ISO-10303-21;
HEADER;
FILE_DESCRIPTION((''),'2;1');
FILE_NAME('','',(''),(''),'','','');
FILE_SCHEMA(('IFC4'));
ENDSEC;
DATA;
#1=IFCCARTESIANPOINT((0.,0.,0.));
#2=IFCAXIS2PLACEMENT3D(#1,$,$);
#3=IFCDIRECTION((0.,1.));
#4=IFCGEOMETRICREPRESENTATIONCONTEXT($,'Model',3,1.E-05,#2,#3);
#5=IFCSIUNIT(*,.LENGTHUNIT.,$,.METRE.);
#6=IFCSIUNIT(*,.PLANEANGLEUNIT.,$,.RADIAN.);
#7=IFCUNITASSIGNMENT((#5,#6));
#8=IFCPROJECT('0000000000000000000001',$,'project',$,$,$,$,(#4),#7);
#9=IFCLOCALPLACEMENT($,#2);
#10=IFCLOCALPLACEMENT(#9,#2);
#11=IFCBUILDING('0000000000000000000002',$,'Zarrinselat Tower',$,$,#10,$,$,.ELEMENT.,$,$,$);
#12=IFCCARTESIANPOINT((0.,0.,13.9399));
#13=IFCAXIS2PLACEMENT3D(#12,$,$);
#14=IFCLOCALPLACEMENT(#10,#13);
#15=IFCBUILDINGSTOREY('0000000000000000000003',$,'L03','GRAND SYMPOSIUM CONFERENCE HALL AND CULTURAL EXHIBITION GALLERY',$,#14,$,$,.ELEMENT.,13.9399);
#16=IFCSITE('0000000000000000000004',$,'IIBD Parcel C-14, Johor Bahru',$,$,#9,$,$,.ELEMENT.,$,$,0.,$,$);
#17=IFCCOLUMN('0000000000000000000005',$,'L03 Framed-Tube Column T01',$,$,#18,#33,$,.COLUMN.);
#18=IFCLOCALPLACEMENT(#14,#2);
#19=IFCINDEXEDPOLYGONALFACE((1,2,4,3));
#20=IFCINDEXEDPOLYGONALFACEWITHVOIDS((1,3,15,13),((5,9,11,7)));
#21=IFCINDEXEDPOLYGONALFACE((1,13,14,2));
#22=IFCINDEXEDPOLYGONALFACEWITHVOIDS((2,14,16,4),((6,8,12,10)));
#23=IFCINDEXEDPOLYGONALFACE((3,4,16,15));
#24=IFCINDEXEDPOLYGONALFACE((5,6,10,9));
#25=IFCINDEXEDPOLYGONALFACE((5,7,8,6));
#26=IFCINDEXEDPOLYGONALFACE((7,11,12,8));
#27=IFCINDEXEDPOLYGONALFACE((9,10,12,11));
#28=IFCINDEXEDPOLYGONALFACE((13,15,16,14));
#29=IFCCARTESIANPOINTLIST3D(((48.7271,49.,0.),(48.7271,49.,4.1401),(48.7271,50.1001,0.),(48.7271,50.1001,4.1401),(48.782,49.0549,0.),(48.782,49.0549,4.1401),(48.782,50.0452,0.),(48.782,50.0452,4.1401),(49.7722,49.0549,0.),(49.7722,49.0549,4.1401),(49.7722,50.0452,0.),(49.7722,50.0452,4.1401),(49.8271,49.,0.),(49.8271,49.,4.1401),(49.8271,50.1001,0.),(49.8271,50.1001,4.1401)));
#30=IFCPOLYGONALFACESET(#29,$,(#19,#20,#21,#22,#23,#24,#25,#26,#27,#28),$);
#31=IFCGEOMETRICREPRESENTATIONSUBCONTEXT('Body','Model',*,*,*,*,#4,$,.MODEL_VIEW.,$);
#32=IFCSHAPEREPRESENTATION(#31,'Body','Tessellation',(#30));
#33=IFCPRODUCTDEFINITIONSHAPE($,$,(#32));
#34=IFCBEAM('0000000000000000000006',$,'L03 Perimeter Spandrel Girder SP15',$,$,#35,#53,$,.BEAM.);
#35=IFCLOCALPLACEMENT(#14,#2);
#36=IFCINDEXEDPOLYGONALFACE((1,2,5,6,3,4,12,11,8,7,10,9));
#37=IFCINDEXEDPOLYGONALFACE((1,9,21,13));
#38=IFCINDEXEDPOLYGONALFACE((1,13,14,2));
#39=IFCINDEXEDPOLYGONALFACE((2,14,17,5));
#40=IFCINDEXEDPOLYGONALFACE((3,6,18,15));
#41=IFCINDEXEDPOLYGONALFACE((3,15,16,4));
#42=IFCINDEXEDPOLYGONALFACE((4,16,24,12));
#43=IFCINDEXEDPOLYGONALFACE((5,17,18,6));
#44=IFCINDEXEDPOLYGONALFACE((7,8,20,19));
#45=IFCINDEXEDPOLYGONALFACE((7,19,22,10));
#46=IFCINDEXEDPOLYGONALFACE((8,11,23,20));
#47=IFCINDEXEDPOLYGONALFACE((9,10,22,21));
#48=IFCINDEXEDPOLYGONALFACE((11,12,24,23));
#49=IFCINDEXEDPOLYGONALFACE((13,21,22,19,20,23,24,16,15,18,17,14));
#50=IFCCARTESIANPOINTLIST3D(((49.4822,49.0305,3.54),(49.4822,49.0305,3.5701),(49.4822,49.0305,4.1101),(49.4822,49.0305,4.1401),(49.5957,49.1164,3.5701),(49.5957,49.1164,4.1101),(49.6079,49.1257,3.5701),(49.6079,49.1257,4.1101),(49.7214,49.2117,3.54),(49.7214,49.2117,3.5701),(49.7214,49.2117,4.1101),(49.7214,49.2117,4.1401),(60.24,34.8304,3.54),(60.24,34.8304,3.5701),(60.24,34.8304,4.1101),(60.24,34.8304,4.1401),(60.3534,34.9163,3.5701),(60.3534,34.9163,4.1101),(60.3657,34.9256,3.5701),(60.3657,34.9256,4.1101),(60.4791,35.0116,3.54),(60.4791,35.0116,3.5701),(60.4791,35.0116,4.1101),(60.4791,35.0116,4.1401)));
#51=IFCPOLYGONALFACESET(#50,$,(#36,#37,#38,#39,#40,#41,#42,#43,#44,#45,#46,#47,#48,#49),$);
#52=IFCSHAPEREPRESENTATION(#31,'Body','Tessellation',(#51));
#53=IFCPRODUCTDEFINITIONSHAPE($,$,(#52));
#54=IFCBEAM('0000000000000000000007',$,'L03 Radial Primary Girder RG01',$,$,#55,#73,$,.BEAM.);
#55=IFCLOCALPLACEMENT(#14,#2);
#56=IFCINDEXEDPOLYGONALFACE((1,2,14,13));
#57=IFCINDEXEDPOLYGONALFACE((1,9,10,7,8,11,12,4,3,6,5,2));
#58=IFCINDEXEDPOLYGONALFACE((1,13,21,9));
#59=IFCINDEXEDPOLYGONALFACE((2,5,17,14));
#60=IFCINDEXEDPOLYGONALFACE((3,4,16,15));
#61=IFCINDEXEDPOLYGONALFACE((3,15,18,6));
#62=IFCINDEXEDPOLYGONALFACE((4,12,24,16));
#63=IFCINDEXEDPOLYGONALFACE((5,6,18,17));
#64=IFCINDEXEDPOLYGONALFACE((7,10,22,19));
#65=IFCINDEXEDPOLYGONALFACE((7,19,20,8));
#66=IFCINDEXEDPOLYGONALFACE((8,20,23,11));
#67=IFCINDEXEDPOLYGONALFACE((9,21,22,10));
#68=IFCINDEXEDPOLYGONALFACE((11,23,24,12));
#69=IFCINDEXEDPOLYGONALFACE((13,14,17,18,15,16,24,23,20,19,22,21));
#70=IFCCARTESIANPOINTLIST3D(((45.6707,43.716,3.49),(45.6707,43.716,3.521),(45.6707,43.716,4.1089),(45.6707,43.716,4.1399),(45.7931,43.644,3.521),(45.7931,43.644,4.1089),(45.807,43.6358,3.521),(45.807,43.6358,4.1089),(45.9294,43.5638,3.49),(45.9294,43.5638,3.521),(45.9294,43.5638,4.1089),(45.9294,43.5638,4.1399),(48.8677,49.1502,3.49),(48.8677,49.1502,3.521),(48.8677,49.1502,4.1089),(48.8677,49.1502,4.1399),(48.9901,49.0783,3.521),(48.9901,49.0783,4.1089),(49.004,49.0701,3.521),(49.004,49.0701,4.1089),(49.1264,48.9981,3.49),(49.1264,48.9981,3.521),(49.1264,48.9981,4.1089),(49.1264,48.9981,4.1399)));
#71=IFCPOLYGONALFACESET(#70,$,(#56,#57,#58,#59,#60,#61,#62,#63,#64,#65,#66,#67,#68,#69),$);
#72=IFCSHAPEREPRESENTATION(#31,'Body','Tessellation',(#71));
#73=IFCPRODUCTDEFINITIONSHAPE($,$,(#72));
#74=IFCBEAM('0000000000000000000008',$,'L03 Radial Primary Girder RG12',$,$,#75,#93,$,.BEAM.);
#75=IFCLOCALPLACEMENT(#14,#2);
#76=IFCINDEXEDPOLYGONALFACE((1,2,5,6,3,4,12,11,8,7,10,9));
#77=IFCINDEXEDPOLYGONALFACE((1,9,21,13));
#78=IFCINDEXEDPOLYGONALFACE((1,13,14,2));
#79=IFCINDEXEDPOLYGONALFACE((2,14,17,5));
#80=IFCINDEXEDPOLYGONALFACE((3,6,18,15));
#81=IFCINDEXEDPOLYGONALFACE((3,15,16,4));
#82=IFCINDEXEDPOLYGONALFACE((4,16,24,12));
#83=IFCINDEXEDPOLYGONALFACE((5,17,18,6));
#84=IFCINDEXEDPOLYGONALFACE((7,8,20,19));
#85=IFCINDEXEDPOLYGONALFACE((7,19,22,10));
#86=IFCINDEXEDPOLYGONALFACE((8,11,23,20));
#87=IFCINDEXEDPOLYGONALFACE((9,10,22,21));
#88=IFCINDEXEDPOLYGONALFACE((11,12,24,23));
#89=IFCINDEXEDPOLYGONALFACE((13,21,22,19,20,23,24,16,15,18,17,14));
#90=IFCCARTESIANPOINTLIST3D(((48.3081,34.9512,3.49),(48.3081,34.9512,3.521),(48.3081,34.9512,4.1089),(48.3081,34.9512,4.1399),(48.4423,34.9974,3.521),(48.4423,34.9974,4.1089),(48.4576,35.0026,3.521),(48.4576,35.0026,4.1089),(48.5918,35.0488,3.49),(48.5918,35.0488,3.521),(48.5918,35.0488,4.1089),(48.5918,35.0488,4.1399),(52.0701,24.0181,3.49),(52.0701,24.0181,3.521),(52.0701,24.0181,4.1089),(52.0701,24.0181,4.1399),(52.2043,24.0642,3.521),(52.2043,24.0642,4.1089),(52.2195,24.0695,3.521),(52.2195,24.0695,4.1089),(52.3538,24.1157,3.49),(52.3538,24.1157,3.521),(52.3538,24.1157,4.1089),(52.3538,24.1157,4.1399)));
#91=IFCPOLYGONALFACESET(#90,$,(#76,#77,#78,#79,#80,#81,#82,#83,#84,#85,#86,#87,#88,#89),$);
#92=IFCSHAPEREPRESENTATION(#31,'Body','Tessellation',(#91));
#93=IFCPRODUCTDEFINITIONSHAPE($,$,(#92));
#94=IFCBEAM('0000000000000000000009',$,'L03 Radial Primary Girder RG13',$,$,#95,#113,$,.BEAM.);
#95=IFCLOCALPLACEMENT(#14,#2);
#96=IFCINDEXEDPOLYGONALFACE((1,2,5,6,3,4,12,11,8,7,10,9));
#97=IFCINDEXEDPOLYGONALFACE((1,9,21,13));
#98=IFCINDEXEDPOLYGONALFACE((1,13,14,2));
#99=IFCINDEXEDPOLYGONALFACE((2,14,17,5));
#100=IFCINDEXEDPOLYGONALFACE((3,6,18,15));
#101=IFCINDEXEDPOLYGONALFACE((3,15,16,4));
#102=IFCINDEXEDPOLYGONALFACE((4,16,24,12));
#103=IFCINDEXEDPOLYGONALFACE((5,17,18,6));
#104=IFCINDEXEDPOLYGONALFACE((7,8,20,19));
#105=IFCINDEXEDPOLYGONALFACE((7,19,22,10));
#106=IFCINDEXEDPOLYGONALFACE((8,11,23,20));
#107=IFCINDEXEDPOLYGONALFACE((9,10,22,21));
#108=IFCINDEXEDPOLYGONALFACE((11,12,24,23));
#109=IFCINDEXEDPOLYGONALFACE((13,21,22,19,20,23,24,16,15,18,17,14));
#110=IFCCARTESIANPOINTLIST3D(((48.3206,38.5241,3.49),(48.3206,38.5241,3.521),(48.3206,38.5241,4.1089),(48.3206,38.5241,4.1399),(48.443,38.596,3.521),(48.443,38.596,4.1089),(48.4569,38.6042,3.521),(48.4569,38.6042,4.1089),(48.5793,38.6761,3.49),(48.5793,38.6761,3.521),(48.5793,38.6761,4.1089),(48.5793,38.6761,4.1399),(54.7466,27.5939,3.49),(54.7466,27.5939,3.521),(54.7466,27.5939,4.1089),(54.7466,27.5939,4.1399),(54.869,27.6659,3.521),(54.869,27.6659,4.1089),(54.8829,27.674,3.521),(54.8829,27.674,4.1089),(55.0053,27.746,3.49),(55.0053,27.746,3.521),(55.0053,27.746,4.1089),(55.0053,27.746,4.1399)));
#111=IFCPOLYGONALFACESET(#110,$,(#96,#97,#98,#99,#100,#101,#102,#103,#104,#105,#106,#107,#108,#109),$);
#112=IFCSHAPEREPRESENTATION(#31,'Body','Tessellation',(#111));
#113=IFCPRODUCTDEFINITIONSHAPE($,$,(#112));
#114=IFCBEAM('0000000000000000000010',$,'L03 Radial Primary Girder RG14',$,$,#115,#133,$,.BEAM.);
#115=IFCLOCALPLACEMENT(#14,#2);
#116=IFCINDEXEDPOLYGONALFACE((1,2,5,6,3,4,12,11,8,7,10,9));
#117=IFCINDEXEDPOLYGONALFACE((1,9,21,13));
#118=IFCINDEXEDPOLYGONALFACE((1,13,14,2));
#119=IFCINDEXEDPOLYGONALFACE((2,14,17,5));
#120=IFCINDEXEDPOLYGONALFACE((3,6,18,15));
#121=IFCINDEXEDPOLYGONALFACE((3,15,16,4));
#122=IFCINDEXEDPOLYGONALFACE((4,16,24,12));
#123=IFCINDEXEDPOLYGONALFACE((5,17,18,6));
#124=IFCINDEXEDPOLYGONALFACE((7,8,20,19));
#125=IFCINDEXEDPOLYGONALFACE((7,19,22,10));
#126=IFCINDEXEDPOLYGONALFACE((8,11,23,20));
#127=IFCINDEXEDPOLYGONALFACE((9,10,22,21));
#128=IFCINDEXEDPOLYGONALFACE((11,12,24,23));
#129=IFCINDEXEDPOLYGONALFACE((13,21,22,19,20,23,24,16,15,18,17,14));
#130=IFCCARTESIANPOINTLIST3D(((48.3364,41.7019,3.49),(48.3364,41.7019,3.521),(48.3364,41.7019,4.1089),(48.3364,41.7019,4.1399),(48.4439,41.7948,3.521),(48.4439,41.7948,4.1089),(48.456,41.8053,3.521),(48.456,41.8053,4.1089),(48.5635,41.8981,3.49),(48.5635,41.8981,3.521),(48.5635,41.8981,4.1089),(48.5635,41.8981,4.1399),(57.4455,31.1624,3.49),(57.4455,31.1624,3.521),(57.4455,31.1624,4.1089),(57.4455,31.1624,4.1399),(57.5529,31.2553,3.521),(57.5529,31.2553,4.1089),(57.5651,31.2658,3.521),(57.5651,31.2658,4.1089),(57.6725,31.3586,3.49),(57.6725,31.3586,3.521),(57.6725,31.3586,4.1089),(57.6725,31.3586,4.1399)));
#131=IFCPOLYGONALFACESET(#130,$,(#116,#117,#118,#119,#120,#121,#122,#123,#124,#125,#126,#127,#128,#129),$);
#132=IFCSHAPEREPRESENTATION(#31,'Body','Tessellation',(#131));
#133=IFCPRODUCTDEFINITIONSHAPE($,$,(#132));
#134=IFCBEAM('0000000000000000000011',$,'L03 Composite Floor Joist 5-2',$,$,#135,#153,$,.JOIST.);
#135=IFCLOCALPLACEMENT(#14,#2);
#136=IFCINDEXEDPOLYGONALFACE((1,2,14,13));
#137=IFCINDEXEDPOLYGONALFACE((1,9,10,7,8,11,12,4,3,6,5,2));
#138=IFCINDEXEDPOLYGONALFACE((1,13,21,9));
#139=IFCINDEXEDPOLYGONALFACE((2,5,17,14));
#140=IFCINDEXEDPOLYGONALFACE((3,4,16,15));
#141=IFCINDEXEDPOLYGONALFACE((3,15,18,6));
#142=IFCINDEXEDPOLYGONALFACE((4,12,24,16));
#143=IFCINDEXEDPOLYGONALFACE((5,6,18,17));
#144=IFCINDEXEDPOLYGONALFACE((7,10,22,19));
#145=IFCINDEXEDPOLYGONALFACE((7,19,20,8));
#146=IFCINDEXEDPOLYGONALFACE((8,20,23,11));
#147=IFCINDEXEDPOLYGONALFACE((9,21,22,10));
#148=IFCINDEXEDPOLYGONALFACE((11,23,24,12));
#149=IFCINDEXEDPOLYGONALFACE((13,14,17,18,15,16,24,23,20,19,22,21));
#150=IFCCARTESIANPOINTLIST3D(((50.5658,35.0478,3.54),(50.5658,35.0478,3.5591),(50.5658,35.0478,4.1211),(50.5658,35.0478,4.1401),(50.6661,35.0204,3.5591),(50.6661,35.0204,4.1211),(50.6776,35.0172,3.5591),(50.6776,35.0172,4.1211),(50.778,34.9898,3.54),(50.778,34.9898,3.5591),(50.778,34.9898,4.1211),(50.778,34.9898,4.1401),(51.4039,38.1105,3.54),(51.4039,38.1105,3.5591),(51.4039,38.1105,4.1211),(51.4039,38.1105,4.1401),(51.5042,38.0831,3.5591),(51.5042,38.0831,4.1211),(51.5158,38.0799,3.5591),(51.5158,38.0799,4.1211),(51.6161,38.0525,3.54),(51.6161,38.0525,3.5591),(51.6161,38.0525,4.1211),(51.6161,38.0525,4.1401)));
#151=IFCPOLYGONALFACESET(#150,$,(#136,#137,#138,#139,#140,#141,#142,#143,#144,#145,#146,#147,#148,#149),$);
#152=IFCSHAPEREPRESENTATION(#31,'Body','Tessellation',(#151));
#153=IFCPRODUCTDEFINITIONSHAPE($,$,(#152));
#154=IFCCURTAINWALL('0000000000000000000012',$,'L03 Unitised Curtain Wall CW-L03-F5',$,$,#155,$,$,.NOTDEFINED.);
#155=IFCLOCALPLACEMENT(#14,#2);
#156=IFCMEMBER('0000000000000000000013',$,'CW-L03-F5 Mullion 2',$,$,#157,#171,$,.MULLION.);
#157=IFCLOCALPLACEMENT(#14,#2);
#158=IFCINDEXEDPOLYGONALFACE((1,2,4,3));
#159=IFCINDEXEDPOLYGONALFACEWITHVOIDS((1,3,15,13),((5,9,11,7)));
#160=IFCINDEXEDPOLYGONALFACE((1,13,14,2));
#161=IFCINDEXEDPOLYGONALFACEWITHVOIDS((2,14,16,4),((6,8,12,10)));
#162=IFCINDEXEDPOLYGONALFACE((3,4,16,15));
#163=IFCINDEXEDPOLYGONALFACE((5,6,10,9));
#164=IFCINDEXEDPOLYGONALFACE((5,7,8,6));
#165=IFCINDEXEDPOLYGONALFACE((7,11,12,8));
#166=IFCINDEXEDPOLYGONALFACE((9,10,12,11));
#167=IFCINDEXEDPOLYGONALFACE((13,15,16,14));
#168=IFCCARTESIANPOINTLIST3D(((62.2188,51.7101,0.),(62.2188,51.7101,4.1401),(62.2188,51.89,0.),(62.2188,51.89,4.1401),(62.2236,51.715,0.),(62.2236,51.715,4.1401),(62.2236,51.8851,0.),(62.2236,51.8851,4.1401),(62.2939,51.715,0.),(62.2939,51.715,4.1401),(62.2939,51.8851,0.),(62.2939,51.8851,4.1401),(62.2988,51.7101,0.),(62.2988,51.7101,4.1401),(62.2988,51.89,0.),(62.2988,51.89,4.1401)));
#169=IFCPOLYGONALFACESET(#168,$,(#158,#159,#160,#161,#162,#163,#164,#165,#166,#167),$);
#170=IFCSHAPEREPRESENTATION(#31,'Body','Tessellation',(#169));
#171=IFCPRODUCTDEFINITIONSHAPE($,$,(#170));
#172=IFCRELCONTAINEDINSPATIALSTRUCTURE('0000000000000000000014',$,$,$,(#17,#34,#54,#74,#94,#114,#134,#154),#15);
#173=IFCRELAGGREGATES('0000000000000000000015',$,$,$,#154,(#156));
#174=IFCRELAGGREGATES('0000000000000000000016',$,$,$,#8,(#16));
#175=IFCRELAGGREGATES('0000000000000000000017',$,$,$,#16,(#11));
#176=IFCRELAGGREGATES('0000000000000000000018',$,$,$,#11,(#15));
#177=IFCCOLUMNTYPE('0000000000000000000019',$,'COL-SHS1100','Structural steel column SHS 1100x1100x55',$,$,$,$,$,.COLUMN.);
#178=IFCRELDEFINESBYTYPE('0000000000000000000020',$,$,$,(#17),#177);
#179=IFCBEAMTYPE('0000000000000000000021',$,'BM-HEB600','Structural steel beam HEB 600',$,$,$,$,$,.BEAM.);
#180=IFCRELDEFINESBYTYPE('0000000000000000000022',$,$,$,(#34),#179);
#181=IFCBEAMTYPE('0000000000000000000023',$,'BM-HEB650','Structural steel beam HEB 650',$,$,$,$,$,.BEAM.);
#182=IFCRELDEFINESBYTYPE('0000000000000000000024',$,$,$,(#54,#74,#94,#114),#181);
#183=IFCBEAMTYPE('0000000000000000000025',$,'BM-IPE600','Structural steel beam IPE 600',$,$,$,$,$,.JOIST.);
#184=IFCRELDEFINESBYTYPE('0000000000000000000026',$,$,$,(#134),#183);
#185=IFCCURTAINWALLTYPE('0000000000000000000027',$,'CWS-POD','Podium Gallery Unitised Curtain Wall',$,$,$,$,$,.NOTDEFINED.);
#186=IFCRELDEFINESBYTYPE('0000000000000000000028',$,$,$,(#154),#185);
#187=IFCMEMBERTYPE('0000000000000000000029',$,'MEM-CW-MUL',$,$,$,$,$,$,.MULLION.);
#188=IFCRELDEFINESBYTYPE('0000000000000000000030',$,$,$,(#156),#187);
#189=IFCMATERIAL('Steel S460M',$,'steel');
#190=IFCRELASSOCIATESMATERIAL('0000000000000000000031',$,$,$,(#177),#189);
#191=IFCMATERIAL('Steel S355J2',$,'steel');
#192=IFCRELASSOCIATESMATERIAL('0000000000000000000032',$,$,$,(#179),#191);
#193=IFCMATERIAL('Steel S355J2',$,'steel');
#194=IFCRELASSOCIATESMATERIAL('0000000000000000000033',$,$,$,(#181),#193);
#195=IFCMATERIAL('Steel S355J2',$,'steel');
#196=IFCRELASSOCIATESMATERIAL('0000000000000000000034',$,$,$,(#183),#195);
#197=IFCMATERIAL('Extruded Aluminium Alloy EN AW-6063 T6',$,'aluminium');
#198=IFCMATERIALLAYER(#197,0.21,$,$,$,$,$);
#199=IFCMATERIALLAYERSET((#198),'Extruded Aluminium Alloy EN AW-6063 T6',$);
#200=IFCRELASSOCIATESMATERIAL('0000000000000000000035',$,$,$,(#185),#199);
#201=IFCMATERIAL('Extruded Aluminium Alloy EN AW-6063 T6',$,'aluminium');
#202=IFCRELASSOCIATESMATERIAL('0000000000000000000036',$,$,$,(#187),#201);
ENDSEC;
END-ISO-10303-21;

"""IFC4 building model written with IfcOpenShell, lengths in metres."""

from ifc_helpers import new_model, si_unit, direction, frame, origin, origin_2d, place, context, subcontext, project, spatial, hollow_rectangle, i_section, extrude, material, layer, layer_set, material_profile, profile_set, type_object, element, aggregate, save


model = new_model("IFC4")

# Units and contexts
model_context = context("Model", 3, precision=1e-05, world=origin(), true_north=direction((0.0, 1.0)))
body_context = subcontext(model_context, "Body", "Model", "MODEL_VIEW")
ifc_project = project(units=[si_unit("LENGTHUNIT", "METRE"), si_unit("PLANEANGLEUNIT", "RADIAN")], contexts=[model_context])

# Site, building, storey
site_placement = place(None, origin())
site = spatial("IfcSite", under=ifc_project, at=site_placement, Name="IIBD Parcel C-14, Johor Bahru", CompositionType="ELEMENT", RefElevation=0.0)
building_placement = place(site_placement, origin())
building = spatial("IfcBuilding", under=site, at=building_placement, Name="Zarrinselat Tower", CompositionType="ELEMENT")
storey_placement = place(building_placement, frame((0.0, 0.0, 13.9399)))
storey = spatial("IfcBuildingStorey", under=building, at=storey_placement, Name="L03", Description="GRAND SYMPOSIUM CONFERENCE HALL AND CULTURAL EXHIBITION GALLERY", CompositionType="ELEMENT", Elevation=13.9399)

# Column
ifc_material_1 = material(Name="Steel S460M", Category="steel")
ifc_material_profile_1 = material_profile(ifc_material_1, hollow_rectangle(XDim=1.1001, YDim=1.1001, WallThickness=0.0549, at=origin_2d()), Name="SHS 1100x1100x55")
ifc_profile_set_1 = profile_set([ifc_material_profile_1], Name="Steel S460M")
column_type = type_object("IfcColumnType", Name="COL-SHS1100", Description="Structural steel column SHS 1100x1100x55", PredefinedType="COLUMN", material=ifc_profile_set_1)
column_placement = place(storey_placement, frame((49.2771, 49.55, 0.0), z_axis=(0.0, 0.0, 1.0), x_axis=(1.0, 0.0, 0.0)))
element("IfcColumn", 1, at=column_placement, inside=storey, type_object=column_type, Name="L03 Framed-Tube Column T01", PredefinedType="COLUMN", context=body_context, shape_type="SweptSolid", body=[
    extrude(hollow_rectangle(XDim=1.1001, YDim=1.1001, WallThickness=0.0549, at=origin_2d()), origin(), (0.0, 0.0, 1.0), 4.1401),
])

# Beams
ifc_material_2 = material(Name="Steel S355J2", Category="steel")
ifc_material_profile_2 = material_profile(ifc_material_2, i_section(OverallWidth=0.3, OverallDepth=0.6001, WebThickness=0.0154, FlangeThickness=0.03, at=origin_2d()), Name="HEB 600")
ifc_profile_set_2 = profile_set([ifc_material_profile_2], Name="Steel S355J2")
beam_type_1 = type_object("IfcBeamType", Name="BM-HEB600", Description="Structural steel beam HEB 600", PredefinedType="BEAM", material=ifc_profile_set_2)
beam_1_placement = place(storey_placement, frame((49.6018, 49.1211, 3.8401), z_axis=(0.603861, -0.79709, 0.0), x_axis=(0.79709, 0.603861, 0.0)))
element("IfcBeam", 2, at=beam_1_placement, inside=storey, type_object=beam_type_1, Name="L03 Perimeter Spandrel Girder SP15", PredefinedType="BEAM", context=body_context, shape_type="SweptSolid", body=[
    extrude(i_section(OverallWidth=0.3, OverallDepth=0.6001, WebThickness=0.0154, FlangeThickness=0.03, at=origin_2d()), origin(), (0.0, 0.0, 1.0), 17.8149),
])
ifc_material_3 = material(Name="Steel S355J2", Category="steel")
ifc_material_profile_3 = material_profile(ifc_material_3, i_section(OverallWidth=0.3, OverallDepth=0.6499, WebThickness=0.0161, FlangeThickness=0.031, at=origin_2d()), Name="HEB 650")
ifc_profile_set_3 = profile_set([ifc_material_profile_3], Name="Steel S355J2")
beam_type_2 = type_object("IfcBeamType", Name="BM-HEB650", Description="Structural steel beam HEB 650", PredefinedType="BEAM", material=ifc_profile_set_3)
beam_2_placement = place(storey_placement, frame((45.8, 43.6399, 3.8149), z_axis=(0.507062, 0.861909, 0.0), x_axis=(-0.861909, 0.507062, 0.0)))
element("IfcBeam", 3, at=beam_2_placement, inside=storey, type_object=beam_type_2, Name="L03 Radial Primary Girder RG01", PredefinedType="BEAM", context=body_context, shape_type="SweptSolid", body=[
    extrude(i_section(OverallWidth=0.3, OverallDepth=0.6499, WebThickness=0.0161, FlangeThickness=0.031, at=origin_2d()), origin(), (0.0, 0.0, 1.0), 6.3049),
])
beam_3_placement = place(storey_placement, frame((48.45, 35.0, 3.8149), z_axis=(0.325367, -0.945588, 0.0), x_axis=(0.945588, 0.325367, 0.0)))
element("IfcBeam", 4, at=beam_3_placement, inside=storey, type_object=beam_type_2, Name="L03 Radial Primary Girder RG12", PredefinedType="BEAM", context=body_context, shape_type="SweptSolid", body=[
    extrude(i_section(OverallWidth=0.3, OverallDepth=0.6499, WebThickness=0.0161, FlangeThickness=0.031, at=origin_2d()), origin(), (0.0, 0.0, 1.0), 11.5623),
])
beam_4_placement = place(storey_placement, frame((48.45, 38.6001, 3.8149), z_axis=(0.506816, -0.862054, 0.0), x_axis=(0.862054, 0.506816, 0.0)))
element("IfcBeam", 5, at=beam_4_placement, inside=storey, type_object=beam_type_2, Name="L03 Radial Primary Girder RG13", PredefinedType="BEAM", context=body_context, shape_type="SweptSolid", body=[
    extrude(i_section(OverallWidth=0.3, OverallDepth=0.6499, WebThickness=0.0161, FlangeThickness=0.031, at=origin_2d()), origin(), (0.0, 0.0, 1.0), 12.6792),
])
beam_5_placement = place(storey_placement, frame((48.45, 41.8, 3.8149), z_axis=(0.653899, -0.756582, 0.0), x_axis=(0.756582, 0.653899, 0.0)))
element("IfcBeam", 6, at=beam_5_placement, inside=storey, type_object=beam_type_2, Name="L03 Radial Primary Girder RG14", PredefinedType="BEAM", context=body_context, shape_type="SweptSolid", body=[
    extrude(i_section(OverallWidth=0.3, OverallDepth=0.6499, WebThickness=0.0161, FlangeThickness=0.031, at=origin_2d()), origin(), (0.0, 0.0, 1.0), 13.9304),
])
ifc_material_4 = material(Name="Steel S355J2", Category="steel")
ifc_material_profile_4 = material_profile(ifc_material_4, i_section(OverallWidth=0.22, OverallDepth=0.6001, WebThickness=0.012, FlangeThickness=0.019, at=origin_2d()), Name="IPE 600")
ifc_profile_set_4 = profile_set([ifc_material_profile_4], Name="Steel S355J2")
beam_type_3 = type_object("IfcBeamType", Name="BM-IPE600", Description="Structural steel beam IPE 600", PredefinedType="JOIST", material=ifc_profile_set_4)
beam_6_placement = place(storey_placement, frame((50.6719, 35.0188, 3.8401), z_axis=(0.26395, 0.964536, 0.0), x_axis=(-0.964536, 0.26395, 0.0)))
element("IfcBeam", 7, at=beam_6_placement, inside=storey, type_object=beam_type_3, Name="L03 Composite Floor Joist 5-2", PredefinedType="JOIST", context=body_context, shape_type="SweptSolid", body=[
    extrude(i_section(OverallWidth=0.22, OverallDepth=0.6001, WebThickness=0.012, FlangeThickness=0.019, at=origin_2d()), origin(), (0.0, 0.0, 1.0), 3.1753),
])

# Curtain wall, member
ifc_material_5 = material(Name="Extruded Aluminium Alloy EN AW-6063 T6", Category="aluminium")
ifc_layer_1 = layer(ifc_material_5, 0.21)
ifc_layer_set_1 = layer_set([ifc_layer_1], Name="Extruded Aluminium Alloy EN AW-6063 T6")
curtain_wall_type = type_object("IfcCurtainWallType", Name="CWS-POD", Description="Podium Gallery Unitised Curtain Wall", PredefinedType="NOTDEFINED", material=ifc_layer_set_1)
curtain_wall_placement = place(storey_placement, origin())
curtain_wall = element("IfcCurtainWall", 8, at=curtain_wall_placement, inside=storey, type_object=curtain_wall_type, Name="L03 Unitised Curtain Wall CW-L03-F5", PredefinedType="NOTDEFINED")
ifc_material_6 = material(Name="Extruded Aluminium Alloy EN AW-6063 T6", Category="aluminium")
ifc_material_profile_5 = material_profile(ifc_material_6, hollow_rectangle(XDim=0.0801, YDim=0.1799, WallThickness=0.0049, at=origin_2d()), Name="RHS 180x80x5")
ifc_profile_set_5 = profile_set([ifc_material_profile_5], Name="Extruded Aluminium Alloy EN AW-6063 T6")
member_type = type_object("IfcMemberType", Name="MEM-CW-MUL", PredefinedType="MULLION", material=ifc_profile_set_5)
member_1_placement = place(storey_placement, frame((62.2588, 51.8, 0.0), z_axis=(0.0, 0.0, 1.0), x_axis=(-1.0, 0.0, 0.0)))
member_1 = element("IfcMember", 9, at=member_1_placement, type_object=member_type, Name="CW-L03-F5 Mullion 2", PredefinedType="MULLION", context=body_context, shape_type="SweptSolid", body=[
    extrude(hollow_rectangle(XDim=0.0801, YDim=0.1799, WallThickness=0.0049, at=origin_2d()), origin(), (0.0, 0.0, 1.0), 4.1401),
])
aggregate(curtain_wall, [member_1])

save(model, "model.ifc")
